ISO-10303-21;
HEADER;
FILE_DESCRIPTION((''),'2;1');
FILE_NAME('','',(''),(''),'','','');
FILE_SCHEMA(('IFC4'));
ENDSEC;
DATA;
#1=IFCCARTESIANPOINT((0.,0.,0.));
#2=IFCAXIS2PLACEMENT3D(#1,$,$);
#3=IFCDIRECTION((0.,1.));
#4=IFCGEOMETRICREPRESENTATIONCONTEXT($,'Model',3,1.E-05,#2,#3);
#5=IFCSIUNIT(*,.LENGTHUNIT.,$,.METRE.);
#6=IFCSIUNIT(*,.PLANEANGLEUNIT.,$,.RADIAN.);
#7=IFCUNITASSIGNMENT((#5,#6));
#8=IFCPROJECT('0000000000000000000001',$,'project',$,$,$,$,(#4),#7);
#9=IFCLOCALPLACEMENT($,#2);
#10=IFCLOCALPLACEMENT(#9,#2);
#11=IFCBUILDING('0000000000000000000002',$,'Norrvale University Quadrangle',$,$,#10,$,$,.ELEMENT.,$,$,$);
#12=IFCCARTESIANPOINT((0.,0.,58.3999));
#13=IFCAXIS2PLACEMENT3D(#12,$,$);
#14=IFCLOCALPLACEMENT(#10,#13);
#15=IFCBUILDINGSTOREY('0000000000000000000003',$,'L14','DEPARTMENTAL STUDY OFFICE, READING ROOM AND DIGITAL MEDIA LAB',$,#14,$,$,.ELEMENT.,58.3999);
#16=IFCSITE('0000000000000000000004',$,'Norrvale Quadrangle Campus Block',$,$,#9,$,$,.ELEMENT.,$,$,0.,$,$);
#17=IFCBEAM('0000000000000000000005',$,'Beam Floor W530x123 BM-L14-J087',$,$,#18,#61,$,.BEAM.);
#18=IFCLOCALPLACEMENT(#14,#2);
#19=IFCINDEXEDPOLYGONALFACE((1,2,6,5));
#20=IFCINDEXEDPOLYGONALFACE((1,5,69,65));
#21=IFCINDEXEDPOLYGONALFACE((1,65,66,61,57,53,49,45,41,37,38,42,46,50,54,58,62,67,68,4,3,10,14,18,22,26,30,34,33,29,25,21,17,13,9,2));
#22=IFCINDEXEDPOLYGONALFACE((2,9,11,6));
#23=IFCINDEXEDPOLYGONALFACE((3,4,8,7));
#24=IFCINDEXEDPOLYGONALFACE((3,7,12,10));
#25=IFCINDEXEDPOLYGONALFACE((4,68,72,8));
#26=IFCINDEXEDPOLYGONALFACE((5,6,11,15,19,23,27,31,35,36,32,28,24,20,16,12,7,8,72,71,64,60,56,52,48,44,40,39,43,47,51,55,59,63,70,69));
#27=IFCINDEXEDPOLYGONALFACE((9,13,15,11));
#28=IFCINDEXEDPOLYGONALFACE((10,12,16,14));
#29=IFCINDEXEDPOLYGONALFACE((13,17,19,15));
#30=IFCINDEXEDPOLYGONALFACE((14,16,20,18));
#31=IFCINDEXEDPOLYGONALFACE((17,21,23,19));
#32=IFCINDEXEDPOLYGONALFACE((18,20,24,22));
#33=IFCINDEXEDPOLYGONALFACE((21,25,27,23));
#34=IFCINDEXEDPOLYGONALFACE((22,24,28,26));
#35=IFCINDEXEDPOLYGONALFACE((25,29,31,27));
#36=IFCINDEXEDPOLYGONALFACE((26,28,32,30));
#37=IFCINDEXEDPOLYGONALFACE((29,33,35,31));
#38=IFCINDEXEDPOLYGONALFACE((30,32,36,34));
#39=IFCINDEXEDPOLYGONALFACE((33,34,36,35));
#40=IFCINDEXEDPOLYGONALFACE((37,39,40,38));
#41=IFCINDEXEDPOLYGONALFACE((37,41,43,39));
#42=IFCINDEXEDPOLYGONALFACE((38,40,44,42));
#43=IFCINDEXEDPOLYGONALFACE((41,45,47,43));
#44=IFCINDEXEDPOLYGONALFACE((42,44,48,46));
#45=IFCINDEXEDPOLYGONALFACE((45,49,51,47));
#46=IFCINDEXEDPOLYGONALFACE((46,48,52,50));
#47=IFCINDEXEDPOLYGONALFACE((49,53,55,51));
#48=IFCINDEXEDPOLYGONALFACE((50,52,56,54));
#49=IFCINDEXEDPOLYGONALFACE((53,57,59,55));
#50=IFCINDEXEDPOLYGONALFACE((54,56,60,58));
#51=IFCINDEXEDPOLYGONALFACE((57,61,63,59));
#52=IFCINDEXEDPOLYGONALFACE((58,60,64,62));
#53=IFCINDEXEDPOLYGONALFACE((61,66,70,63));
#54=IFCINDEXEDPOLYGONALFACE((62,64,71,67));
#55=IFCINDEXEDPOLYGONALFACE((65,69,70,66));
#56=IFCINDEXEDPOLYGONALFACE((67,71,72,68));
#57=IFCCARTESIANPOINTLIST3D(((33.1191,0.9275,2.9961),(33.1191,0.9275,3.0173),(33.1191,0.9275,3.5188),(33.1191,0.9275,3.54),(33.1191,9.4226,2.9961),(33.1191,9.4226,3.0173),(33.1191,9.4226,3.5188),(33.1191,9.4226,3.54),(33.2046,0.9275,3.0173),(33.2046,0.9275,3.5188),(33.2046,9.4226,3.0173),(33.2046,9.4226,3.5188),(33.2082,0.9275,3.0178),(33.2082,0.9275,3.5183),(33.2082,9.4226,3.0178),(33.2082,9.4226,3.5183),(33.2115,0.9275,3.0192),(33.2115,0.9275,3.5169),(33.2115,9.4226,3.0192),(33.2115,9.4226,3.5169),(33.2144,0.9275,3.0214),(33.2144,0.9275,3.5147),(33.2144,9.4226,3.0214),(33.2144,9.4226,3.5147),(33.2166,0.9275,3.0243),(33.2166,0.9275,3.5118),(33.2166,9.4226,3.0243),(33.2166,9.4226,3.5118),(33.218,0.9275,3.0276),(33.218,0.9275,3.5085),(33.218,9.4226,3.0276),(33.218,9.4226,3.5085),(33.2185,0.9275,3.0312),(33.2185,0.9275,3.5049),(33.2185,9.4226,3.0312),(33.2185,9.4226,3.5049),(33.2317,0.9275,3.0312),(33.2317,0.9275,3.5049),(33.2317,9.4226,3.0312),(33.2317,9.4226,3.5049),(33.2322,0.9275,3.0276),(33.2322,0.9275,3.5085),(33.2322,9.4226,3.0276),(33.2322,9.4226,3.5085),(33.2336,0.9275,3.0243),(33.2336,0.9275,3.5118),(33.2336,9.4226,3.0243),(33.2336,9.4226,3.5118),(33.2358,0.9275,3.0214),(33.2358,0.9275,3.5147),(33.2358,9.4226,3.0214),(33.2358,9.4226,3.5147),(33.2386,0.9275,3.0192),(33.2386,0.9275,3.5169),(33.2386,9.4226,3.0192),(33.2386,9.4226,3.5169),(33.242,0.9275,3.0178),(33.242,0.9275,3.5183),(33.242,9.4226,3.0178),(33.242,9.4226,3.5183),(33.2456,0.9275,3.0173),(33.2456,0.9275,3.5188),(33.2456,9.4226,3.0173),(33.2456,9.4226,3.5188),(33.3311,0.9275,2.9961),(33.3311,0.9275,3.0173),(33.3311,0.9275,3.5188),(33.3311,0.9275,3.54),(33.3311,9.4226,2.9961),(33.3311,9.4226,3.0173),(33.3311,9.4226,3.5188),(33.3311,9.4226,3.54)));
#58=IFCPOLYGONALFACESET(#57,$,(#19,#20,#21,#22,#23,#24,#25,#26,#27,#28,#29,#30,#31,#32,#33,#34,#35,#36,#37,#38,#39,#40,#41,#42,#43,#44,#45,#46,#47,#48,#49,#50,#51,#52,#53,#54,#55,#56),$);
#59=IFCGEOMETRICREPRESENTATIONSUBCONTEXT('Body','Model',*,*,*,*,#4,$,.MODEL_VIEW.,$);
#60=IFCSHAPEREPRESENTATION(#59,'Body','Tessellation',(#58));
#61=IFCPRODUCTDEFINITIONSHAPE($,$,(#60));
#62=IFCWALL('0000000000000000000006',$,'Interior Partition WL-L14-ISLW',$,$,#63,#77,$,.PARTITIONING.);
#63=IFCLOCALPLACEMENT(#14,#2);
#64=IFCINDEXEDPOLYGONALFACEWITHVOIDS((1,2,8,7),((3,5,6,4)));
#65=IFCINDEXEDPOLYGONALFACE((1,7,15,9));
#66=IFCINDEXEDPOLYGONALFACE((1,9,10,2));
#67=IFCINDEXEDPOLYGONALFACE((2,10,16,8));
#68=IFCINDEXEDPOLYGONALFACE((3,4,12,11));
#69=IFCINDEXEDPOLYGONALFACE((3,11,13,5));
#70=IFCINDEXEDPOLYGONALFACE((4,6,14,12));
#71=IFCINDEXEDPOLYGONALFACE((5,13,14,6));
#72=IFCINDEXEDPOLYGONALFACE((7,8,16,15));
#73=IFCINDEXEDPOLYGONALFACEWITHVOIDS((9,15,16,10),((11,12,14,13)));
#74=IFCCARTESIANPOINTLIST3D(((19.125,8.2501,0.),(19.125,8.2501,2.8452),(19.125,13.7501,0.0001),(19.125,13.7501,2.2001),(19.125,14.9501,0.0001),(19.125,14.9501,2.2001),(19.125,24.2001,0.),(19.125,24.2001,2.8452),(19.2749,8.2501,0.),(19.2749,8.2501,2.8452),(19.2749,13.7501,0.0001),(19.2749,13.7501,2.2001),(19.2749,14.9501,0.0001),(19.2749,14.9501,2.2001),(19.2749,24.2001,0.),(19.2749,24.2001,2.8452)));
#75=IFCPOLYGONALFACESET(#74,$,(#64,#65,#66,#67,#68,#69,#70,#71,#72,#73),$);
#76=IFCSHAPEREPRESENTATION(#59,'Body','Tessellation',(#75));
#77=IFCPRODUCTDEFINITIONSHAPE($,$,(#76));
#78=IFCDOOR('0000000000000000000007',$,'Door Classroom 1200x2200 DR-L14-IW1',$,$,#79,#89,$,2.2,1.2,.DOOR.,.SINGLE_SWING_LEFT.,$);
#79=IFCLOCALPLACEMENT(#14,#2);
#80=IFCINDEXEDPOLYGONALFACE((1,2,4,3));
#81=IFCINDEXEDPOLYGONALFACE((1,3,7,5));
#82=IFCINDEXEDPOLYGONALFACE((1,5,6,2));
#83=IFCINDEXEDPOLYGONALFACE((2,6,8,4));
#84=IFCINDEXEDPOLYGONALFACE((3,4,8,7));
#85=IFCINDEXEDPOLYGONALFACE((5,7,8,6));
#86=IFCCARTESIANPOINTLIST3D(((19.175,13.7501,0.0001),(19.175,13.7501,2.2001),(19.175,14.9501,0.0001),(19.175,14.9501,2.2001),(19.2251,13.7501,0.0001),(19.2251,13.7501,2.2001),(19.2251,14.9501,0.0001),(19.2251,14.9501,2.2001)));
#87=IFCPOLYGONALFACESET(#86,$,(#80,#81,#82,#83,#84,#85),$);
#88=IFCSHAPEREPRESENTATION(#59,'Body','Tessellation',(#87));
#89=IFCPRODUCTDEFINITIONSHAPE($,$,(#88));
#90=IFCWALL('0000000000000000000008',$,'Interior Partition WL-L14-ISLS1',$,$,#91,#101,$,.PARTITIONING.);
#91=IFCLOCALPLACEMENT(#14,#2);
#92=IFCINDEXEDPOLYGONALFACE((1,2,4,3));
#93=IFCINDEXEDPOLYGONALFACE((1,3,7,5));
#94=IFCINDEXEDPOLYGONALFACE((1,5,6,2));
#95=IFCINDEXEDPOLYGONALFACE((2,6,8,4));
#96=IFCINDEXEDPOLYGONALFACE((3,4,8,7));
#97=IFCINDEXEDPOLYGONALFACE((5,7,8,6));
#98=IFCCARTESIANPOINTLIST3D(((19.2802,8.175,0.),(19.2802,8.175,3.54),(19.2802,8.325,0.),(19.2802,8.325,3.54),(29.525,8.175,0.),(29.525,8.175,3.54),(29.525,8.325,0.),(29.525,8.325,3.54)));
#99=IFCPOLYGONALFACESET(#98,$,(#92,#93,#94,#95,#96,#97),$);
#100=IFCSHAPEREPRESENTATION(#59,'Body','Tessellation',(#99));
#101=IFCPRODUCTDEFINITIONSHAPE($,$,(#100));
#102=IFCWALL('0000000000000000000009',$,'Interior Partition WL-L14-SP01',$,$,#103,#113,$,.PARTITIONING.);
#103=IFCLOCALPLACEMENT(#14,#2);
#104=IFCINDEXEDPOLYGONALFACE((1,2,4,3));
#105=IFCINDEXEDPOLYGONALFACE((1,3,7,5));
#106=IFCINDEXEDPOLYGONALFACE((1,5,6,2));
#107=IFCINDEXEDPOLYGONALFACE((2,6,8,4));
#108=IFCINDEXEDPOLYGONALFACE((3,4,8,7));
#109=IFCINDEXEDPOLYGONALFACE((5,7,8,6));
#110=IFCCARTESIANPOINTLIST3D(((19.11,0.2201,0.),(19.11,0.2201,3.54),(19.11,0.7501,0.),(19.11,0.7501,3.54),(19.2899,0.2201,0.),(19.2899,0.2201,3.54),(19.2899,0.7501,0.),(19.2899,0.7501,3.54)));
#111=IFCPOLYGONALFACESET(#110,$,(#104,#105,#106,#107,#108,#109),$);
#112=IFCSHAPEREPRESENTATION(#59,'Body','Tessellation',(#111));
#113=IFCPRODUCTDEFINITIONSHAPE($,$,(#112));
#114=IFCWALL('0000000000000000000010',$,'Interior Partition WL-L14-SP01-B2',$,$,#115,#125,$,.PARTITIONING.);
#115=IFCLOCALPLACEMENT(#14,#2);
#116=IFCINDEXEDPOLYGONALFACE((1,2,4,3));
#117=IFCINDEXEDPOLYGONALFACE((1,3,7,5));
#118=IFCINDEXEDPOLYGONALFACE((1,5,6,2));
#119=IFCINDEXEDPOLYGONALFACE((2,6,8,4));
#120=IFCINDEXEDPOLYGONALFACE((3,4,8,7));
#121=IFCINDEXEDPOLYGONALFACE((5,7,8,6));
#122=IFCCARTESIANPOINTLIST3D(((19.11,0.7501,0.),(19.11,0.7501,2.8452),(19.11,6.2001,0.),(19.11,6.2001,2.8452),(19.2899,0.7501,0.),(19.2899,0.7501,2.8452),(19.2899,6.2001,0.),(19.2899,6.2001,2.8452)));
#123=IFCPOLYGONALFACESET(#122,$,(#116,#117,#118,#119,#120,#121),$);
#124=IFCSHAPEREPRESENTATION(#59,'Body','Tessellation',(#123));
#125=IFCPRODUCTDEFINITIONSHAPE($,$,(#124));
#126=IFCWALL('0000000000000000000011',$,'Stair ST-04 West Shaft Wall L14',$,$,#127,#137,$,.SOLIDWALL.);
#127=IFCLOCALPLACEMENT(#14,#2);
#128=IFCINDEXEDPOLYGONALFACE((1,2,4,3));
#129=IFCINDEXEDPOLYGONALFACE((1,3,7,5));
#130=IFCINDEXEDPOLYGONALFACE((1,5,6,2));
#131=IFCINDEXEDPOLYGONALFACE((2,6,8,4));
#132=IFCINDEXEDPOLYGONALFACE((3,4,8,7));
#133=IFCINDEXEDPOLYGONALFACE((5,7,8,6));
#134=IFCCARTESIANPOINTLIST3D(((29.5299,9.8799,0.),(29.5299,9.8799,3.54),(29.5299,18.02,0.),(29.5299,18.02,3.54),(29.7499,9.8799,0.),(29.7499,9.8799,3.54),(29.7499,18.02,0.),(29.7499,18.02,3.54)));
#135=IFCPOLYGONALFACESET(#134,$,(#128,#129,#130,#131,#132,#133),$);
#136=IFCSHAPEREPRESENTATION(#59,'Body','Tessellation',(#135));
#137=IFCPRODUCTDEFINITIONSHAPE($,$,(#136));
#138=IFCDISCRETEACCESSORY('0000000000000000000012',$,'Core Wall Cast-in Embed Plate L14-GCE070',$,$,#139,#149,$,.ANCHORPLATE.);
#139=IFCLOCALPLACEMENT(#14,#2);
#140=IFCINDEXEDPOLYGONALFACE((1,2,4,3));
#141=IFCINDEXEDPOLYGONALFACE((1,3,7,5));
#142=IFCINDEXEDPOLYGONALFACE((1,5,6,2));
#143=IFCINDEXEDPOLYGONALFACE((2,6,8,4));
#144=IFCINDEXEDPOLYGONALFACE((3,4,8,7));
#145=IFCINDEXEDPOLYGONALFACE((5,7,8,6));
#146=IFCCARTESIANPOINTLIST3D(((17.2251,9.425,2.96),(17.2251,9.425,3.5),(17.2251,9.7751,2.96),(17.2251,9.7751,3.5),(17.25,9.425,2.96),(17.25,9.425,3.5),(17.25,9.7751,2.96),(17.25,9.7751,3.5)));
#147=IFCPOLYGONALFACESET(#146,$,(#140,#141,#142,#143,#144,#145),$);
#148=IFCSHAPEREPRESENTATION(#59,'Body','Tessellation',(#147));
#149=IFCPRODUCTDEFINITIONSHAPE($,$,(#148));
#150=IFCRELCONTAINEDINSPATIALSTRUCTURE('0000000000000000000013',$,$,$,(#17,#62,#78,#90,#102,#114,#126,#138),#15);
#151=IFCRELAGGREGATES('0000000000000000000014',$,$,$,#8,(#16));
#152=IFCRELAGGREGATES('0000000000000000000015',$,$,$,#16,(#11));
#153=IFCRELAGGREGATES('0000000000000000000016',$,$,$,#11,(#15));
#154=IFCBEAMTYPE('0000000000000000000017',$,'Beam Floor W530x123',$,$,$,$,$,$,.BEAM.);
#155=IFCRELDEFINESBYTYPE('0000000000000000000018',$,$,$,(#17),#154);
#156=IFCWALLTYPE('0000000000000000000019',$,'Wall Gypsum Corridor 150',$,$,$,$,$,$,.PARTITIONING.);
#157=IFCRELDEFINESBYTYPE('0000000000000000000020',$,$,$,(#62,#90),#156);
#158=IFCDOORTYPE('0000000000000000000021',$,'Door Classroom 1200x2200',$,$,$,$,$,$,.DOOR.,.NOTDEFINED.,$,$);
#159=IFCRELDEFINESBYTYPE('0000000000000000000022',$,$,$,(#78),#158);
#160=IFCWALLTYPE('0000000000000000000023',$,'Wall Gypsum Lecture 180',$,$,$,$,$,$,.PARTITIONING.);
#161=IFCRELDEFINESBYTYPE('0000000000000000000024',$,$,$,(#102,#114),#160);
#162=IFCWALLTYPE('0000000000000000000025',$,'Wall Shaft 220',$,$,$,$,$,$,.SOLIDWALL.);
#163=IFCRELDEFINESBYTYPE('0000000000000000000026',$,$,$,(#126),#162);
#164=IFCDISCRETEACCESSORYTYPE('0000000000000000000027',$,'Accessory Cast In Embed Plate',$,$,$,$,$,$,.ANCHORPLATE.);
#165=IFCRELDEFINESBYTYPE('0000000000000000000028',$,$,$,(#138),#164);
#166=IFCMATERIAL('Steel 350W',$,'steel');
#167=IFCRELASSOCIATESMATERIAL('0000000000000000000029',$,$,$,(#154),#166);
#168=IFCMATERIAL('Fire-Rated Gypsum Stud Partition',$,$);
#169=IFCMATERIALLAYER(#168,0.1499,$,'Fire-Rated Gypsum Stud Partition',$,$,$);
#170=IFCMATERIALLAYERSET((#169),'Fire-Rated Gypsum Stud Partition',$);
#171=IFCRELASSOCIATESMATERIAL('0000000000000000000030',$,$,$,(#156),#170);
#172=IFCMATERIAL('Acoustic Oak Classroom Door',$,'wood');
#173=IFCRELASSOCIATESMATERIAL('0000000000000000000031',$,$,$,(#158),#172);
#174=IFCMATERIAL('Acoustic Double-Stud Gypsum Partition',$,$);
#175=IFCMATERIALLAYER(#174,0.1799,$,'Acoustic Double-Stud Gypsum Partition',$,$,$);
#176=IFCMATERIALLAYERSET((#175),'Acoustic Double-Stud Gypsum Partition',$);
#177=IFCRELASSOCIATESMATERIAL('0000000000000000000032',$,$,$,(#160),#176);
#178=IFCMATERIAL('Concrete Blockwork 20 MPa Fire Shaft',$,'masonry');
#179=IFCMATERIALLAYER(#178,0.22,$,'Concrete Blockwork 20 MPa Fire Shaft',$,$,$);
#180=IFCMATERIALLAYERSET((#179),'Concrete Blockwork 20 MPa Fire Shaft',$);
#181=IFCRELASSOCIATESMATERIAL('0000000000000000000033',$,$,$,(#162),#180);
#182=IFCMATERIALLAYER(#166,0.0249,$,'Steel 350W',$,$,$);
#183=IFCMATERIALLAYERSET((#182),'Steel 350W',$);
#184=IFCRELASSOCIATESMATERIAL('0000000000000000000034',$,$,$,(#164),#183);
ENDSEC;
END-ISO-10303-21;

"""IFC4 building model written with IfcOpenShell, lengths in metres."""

from ifc_helpers import new_model, si_unit, direction, frame, frame_2d, origin, origin_2d, place, context, subcontext, project, spatial, rectangle, i_section, extrude, material, layer, layer_set, material_profile, profile_set, type_object, element, fill, save


model = new_model("IFC4")

# Units and contexts
model_context = context("Model", 3, precision=1e-05, world=origin(), true_north=direction((0.0, 1.0)))
body_context = subcontext(model_context, "Body", "Model", "MODEL_VIEW")
ifc_project = project(units=[si_unit("LENGTHUNIT", "METRE"), si_unit("PLANEANGLEUNIT", "RADIAN")], contexts=[model_context])

# Site, building, storey
site_placement = place(None, origin())
site = spatial("IfcSite", under=ifc_project, at=site_placement, Name="Norrvale Quadrangle Campus Block", CompositionType="ELEMENT", RefElevation=0.0)
building_placement = place(site_placement, origin())
building = spatial("IfcBuilding", under=site, at=building_placement, Name="Norrvale University Quadrangle", CompositionType="ELEMENT")
storey_placement = place(building_placement, frame((0.0, 0.0, 58.3999)))
storey = spatial("IfcBuildingStorey", under=building, at=storey_placement, Name="L14", Description="DEPARTMENTAL STUDY OFFICE, READING ROOM AND DIGITAL MEDIA LAB", CompositionType="ELEMENT", Elevation=58.3999)

# Beam
ifc_material_1 = material(Name="Steel 350W", Category="steel")
ifc_material_profile_1 = material_profile(ifc_material_1, i_section(OverallWidth=0.2119, OverallDepth=0.5439, WebThickness=0.0132, FlangeThickness=0.0212, FilletRadius=0.0139, at=origin_2d()), Name="Steel 350W")
ifc_profile_set_1 = profile_set([ifc_material_profile_1], Name="Steel 350W")
beam_type_1 = type_object("IfcBeamType", Name="Beam Floor W530x123", PredefinedType="BEAM", material=ifc_profile_set_1)
beam_1_placement = place(storey_placement, frame((33.2251, 0.9275, 3.2681), z_axis=(0.0, 1.0, 0.0), x_axis=(-1.0, 0.0, 0.0)))
element("IfcBeam", 1, at=beam_1_placement, inside=storey, type_object=beam_type_1, Name="Beam Floor W530x123 BM-L14-J087", PredefinedType="BEAM", context=body_context, shape_type="SweptSolid", body=[
    extrude(i_section(OverallWidth=0.2119, OverallDepth=0.5439, WebThickness=0.0132, FlangeThickness=0.0212, FilletRadius=0.0139, at=origin_2d()), origin(), (0.0, 0.0, 1.0), 8.4951),
])

# Wall, opening, door
ifc_material_2 = material(Name="Fire-Rated Gypsum Stud Partition")
ifc_layer_1 = layer(ifc_material_2, 0.1499, Name="Fire-Rated Gypsum Stud Partition")
ifc_layer_set_1 = layer_set([ifc_layer_1], Name="Fire-Rated Gypsum Stud Partition")
wall_type_1 = type_object("IfcWallType", Name="Wall Gypsum Corridor 150", PredefinedType="PARTITIONING", material=ifc_layer_set_1)
wall_1_placement = place(storey_placement, frame((19.2, 8.25, 0.0), z_axis=(0.0, 0.0, 1.0), x_axis=(0.0, 1.0, 0.0)))
wall_1 = element("IfcWall", 2, at=wall_1_placement, inside=storey, type_object=wall_type_1, Name="Interior Partition WL-L14-ISLW", PredefinedType="PARTITIONING", context=body_context, shape_type="SweptSolid", body=[
    extrude(rectangle(XDim=15.95, YDim=0.1499, at=frame_2d((7.9751, 0.0))), origin(), (0.0, 0.0, 1.0), 2.8452),
])
opening_placement = place(wall_1_placement, frame((5.5, 0.0, 0.0)))
opening = element("IfcOpeningElement", 3, at=opening_placement, cuts=wall_1, PredefinedType="OPENING", context=body_context, shape_type="SweptSolid", body=[
    extrude(rectangle(XDim=1.2, YDim=2.2, at=frame_2d((0.6001, 1.1001))), frame((0.0, 0.0869, 0.0), z_axis=(0.0, -1.0, 0.0), x_axis=(1.0, 0.0, 0.0)), (0.0, 0.0, 1.0), 0.1738),
])
ifc_material_3 = material(Name="Acoustic Oak Classroom Door", Category="wood")
door_type = type_object("IfcDoorType", Name="Door Classroom 1200x2200", OperationType="NOTDEFINED", PredefinedType="DOOR", material=ifc_material_3)
door_placement = place(opening_placement, origin())
door = element("IfcDoor", 4, at=door_placement, inside=storey, type_object=door_type, Name="Door Classroom 1200x2200 DR-L14-IW1", OperationType="SINGLE_SWING_LEFT", OverallHeight=2.2, OverallWidth=1.2, PredefinedType="DOOR", context=body_context, shape_type="SweptSolid", body=[
    extrude(rectangle(XDim=1.2, YDim=2.2, at=frame_2d((0.6001, 1.1001))), frame((0.0, 0.0249, 0.0), z_axis=(0.0, -1.0, 0.0), x_axis=(1.0, 0.0, 0.0)), (0.0, 0.0, 1.0), 0.05),
])
fill(opening, door)

# Walls
wall_2_placement = place(storey_placement, frame((19.28, 8.25, 0.0), z_axis=(0.0, 0.0, 1.0), x_axis=(1.0, 0.0, 0.0)))
element("IfcWall", 5, at=wall_2_placement, inside=storey, type_object=wall_type_1, Name="Interior Partition WL-L14-ISLS1", PredefinedType="PARTITIONING", context=body_context, shape_type="SweptSolid", body=[
    extrude(rectangle(XDim=10.2449, YDim=0.1499, at=frame_2d((5.1226, 0.0))), origin(), (0.0, 0.0, 1.0), 3.54),
])
ifc_material_4 = material(Name="Acoustic Double-Stud Gypsum Partition")
ifc_layer_2 = layer(ifc_material_4, 0.1799, Name="Acoustic Double-Stud Gypsum Partition")
ifc_layer_set_2 = layer_set([ifc_layer_2], Name="Acoustic Double-Stud Gypsum Partition")
wall_type_2 = type_object("IfcWallType", Name="Wall Gypsum Lecture 180", PredefinedType="PARTITIONING", material=ifc_layer_set_2)
wall_3_placement = place(storey_placement, frame((19.2, 0.22, 0.0), z_axis=(0.0, 0.0, 1.0), x_axis=(0.0, 1.0, 0.0)))
element("IfcWall", 6, at=wall_3_placement, inside=storey, type_object=wall_type_2, Name="Interior Partition WL-L14-SP01", PredefinedType="PARTITIONING", context=body_context, shape_type="SweptSolid", body=[
    extrude(rectangle(XDim=0.53, YDim=0.1799, at=frame_2d((0.2651, 0.0))), origin(), (0.0, 0.0, 1.0), 3.54),
])
wall_4_placement = place(storey_placement, frame((19.2, 0.75, 0.0), z_axis=(0.0, 0.0, 1.0), x_axis=(0.0, 1.0, 0.0)))
element("IfcWall", 7, at=wall_4_placement, inside=storey, type_object=wall_type_2, Name="Interior Partition WL-L14-SP01-B2", PredefinedType="PARTITIONING", context=body_context, shape_type="SweptSolid", body=[
    extrude(rectangle(XDim=5.45, YDim=0.1799, at=frame_2d((2.7251, 0.0))), origin(), (0.0, 0.0, 1.0), 2.8452),
])
ifc_material_5 = material(Name="Concrete Blockwork 20 MPa Fire Shaft", Category="masonry")
ifc_layer_3 = layer(ifc_material_5, 0.22, Name="Concrete Blockwork 20 MPa Fire Shaft")
ifc_layer_set_3 = layer_set([ifc_layer_3], Name="Concrete Blockwork 20 MPa Fire Shaft")
wall_type_3 = type_object("IfcWallType", Name="Wall Shaft 220", PredefinedType="SOLIDWALL", material=ifc_layer_set_3)
wall_5_placement = place(storey_placement, frame((29.6399, 9.8799, 0.0), z_axis=(0.0, 0.0, 1.0), x_axis=(0.0, 1.0, 0.0)))
element("IfcWall", 8, at=wall_5_placement, inside=storey, type_object=wall_type_3, Name="Stair ST-04 West Shaft Wall L14", PredefinedType="SOLIDWALL", context=body_context, shape_type="SweptSolid", body=[
    extrude(rectangle(XDim=8.1401, YDim=0.22, at=frame_2d((4.0701, 0.0))), origin(), (0.0, 0.0, 1.0), 3.54),
])

# Discrete accessory
ifc_layer_4 = layer(ifc_material_1, 0.0249, Name="Steel 350W")
ifc_layer_set_4 = layer_set([ifc_layer_4], Name="Steel 350W")
discrete_accessory_type = type_object("IfcDiscreteAccessoryType", Name="Accessory Cast In Embed Plate", PredefinedType="ANCHORPLATE", material=ifc_layer_set_4)
discrete_accessory_placement = place(storey_placement, frame((17.2375, 9.6001, 2.96), z_axis=(0.0, 0.0, 1.0), x_axis=(1.0, 0.0, 0.0)))
element("IfcDiscreteAccessory", 9, at=discrete_accessory_placement, inside=storey, type_object=discrete_accessory_type, Name="Core Wall Cast-in Embed Plate L14-GCE070", PredefinedType="ANCHORPLATE", context=body_context, shape_type="SweptSolid", body=[
    extrude(rectangle(XDim=0.0249, YDim=0.3501, at=origin_2d()), origin(), (0.0, 0.0, 1.0), 0.54),
])

save(model, "model.ifc")
